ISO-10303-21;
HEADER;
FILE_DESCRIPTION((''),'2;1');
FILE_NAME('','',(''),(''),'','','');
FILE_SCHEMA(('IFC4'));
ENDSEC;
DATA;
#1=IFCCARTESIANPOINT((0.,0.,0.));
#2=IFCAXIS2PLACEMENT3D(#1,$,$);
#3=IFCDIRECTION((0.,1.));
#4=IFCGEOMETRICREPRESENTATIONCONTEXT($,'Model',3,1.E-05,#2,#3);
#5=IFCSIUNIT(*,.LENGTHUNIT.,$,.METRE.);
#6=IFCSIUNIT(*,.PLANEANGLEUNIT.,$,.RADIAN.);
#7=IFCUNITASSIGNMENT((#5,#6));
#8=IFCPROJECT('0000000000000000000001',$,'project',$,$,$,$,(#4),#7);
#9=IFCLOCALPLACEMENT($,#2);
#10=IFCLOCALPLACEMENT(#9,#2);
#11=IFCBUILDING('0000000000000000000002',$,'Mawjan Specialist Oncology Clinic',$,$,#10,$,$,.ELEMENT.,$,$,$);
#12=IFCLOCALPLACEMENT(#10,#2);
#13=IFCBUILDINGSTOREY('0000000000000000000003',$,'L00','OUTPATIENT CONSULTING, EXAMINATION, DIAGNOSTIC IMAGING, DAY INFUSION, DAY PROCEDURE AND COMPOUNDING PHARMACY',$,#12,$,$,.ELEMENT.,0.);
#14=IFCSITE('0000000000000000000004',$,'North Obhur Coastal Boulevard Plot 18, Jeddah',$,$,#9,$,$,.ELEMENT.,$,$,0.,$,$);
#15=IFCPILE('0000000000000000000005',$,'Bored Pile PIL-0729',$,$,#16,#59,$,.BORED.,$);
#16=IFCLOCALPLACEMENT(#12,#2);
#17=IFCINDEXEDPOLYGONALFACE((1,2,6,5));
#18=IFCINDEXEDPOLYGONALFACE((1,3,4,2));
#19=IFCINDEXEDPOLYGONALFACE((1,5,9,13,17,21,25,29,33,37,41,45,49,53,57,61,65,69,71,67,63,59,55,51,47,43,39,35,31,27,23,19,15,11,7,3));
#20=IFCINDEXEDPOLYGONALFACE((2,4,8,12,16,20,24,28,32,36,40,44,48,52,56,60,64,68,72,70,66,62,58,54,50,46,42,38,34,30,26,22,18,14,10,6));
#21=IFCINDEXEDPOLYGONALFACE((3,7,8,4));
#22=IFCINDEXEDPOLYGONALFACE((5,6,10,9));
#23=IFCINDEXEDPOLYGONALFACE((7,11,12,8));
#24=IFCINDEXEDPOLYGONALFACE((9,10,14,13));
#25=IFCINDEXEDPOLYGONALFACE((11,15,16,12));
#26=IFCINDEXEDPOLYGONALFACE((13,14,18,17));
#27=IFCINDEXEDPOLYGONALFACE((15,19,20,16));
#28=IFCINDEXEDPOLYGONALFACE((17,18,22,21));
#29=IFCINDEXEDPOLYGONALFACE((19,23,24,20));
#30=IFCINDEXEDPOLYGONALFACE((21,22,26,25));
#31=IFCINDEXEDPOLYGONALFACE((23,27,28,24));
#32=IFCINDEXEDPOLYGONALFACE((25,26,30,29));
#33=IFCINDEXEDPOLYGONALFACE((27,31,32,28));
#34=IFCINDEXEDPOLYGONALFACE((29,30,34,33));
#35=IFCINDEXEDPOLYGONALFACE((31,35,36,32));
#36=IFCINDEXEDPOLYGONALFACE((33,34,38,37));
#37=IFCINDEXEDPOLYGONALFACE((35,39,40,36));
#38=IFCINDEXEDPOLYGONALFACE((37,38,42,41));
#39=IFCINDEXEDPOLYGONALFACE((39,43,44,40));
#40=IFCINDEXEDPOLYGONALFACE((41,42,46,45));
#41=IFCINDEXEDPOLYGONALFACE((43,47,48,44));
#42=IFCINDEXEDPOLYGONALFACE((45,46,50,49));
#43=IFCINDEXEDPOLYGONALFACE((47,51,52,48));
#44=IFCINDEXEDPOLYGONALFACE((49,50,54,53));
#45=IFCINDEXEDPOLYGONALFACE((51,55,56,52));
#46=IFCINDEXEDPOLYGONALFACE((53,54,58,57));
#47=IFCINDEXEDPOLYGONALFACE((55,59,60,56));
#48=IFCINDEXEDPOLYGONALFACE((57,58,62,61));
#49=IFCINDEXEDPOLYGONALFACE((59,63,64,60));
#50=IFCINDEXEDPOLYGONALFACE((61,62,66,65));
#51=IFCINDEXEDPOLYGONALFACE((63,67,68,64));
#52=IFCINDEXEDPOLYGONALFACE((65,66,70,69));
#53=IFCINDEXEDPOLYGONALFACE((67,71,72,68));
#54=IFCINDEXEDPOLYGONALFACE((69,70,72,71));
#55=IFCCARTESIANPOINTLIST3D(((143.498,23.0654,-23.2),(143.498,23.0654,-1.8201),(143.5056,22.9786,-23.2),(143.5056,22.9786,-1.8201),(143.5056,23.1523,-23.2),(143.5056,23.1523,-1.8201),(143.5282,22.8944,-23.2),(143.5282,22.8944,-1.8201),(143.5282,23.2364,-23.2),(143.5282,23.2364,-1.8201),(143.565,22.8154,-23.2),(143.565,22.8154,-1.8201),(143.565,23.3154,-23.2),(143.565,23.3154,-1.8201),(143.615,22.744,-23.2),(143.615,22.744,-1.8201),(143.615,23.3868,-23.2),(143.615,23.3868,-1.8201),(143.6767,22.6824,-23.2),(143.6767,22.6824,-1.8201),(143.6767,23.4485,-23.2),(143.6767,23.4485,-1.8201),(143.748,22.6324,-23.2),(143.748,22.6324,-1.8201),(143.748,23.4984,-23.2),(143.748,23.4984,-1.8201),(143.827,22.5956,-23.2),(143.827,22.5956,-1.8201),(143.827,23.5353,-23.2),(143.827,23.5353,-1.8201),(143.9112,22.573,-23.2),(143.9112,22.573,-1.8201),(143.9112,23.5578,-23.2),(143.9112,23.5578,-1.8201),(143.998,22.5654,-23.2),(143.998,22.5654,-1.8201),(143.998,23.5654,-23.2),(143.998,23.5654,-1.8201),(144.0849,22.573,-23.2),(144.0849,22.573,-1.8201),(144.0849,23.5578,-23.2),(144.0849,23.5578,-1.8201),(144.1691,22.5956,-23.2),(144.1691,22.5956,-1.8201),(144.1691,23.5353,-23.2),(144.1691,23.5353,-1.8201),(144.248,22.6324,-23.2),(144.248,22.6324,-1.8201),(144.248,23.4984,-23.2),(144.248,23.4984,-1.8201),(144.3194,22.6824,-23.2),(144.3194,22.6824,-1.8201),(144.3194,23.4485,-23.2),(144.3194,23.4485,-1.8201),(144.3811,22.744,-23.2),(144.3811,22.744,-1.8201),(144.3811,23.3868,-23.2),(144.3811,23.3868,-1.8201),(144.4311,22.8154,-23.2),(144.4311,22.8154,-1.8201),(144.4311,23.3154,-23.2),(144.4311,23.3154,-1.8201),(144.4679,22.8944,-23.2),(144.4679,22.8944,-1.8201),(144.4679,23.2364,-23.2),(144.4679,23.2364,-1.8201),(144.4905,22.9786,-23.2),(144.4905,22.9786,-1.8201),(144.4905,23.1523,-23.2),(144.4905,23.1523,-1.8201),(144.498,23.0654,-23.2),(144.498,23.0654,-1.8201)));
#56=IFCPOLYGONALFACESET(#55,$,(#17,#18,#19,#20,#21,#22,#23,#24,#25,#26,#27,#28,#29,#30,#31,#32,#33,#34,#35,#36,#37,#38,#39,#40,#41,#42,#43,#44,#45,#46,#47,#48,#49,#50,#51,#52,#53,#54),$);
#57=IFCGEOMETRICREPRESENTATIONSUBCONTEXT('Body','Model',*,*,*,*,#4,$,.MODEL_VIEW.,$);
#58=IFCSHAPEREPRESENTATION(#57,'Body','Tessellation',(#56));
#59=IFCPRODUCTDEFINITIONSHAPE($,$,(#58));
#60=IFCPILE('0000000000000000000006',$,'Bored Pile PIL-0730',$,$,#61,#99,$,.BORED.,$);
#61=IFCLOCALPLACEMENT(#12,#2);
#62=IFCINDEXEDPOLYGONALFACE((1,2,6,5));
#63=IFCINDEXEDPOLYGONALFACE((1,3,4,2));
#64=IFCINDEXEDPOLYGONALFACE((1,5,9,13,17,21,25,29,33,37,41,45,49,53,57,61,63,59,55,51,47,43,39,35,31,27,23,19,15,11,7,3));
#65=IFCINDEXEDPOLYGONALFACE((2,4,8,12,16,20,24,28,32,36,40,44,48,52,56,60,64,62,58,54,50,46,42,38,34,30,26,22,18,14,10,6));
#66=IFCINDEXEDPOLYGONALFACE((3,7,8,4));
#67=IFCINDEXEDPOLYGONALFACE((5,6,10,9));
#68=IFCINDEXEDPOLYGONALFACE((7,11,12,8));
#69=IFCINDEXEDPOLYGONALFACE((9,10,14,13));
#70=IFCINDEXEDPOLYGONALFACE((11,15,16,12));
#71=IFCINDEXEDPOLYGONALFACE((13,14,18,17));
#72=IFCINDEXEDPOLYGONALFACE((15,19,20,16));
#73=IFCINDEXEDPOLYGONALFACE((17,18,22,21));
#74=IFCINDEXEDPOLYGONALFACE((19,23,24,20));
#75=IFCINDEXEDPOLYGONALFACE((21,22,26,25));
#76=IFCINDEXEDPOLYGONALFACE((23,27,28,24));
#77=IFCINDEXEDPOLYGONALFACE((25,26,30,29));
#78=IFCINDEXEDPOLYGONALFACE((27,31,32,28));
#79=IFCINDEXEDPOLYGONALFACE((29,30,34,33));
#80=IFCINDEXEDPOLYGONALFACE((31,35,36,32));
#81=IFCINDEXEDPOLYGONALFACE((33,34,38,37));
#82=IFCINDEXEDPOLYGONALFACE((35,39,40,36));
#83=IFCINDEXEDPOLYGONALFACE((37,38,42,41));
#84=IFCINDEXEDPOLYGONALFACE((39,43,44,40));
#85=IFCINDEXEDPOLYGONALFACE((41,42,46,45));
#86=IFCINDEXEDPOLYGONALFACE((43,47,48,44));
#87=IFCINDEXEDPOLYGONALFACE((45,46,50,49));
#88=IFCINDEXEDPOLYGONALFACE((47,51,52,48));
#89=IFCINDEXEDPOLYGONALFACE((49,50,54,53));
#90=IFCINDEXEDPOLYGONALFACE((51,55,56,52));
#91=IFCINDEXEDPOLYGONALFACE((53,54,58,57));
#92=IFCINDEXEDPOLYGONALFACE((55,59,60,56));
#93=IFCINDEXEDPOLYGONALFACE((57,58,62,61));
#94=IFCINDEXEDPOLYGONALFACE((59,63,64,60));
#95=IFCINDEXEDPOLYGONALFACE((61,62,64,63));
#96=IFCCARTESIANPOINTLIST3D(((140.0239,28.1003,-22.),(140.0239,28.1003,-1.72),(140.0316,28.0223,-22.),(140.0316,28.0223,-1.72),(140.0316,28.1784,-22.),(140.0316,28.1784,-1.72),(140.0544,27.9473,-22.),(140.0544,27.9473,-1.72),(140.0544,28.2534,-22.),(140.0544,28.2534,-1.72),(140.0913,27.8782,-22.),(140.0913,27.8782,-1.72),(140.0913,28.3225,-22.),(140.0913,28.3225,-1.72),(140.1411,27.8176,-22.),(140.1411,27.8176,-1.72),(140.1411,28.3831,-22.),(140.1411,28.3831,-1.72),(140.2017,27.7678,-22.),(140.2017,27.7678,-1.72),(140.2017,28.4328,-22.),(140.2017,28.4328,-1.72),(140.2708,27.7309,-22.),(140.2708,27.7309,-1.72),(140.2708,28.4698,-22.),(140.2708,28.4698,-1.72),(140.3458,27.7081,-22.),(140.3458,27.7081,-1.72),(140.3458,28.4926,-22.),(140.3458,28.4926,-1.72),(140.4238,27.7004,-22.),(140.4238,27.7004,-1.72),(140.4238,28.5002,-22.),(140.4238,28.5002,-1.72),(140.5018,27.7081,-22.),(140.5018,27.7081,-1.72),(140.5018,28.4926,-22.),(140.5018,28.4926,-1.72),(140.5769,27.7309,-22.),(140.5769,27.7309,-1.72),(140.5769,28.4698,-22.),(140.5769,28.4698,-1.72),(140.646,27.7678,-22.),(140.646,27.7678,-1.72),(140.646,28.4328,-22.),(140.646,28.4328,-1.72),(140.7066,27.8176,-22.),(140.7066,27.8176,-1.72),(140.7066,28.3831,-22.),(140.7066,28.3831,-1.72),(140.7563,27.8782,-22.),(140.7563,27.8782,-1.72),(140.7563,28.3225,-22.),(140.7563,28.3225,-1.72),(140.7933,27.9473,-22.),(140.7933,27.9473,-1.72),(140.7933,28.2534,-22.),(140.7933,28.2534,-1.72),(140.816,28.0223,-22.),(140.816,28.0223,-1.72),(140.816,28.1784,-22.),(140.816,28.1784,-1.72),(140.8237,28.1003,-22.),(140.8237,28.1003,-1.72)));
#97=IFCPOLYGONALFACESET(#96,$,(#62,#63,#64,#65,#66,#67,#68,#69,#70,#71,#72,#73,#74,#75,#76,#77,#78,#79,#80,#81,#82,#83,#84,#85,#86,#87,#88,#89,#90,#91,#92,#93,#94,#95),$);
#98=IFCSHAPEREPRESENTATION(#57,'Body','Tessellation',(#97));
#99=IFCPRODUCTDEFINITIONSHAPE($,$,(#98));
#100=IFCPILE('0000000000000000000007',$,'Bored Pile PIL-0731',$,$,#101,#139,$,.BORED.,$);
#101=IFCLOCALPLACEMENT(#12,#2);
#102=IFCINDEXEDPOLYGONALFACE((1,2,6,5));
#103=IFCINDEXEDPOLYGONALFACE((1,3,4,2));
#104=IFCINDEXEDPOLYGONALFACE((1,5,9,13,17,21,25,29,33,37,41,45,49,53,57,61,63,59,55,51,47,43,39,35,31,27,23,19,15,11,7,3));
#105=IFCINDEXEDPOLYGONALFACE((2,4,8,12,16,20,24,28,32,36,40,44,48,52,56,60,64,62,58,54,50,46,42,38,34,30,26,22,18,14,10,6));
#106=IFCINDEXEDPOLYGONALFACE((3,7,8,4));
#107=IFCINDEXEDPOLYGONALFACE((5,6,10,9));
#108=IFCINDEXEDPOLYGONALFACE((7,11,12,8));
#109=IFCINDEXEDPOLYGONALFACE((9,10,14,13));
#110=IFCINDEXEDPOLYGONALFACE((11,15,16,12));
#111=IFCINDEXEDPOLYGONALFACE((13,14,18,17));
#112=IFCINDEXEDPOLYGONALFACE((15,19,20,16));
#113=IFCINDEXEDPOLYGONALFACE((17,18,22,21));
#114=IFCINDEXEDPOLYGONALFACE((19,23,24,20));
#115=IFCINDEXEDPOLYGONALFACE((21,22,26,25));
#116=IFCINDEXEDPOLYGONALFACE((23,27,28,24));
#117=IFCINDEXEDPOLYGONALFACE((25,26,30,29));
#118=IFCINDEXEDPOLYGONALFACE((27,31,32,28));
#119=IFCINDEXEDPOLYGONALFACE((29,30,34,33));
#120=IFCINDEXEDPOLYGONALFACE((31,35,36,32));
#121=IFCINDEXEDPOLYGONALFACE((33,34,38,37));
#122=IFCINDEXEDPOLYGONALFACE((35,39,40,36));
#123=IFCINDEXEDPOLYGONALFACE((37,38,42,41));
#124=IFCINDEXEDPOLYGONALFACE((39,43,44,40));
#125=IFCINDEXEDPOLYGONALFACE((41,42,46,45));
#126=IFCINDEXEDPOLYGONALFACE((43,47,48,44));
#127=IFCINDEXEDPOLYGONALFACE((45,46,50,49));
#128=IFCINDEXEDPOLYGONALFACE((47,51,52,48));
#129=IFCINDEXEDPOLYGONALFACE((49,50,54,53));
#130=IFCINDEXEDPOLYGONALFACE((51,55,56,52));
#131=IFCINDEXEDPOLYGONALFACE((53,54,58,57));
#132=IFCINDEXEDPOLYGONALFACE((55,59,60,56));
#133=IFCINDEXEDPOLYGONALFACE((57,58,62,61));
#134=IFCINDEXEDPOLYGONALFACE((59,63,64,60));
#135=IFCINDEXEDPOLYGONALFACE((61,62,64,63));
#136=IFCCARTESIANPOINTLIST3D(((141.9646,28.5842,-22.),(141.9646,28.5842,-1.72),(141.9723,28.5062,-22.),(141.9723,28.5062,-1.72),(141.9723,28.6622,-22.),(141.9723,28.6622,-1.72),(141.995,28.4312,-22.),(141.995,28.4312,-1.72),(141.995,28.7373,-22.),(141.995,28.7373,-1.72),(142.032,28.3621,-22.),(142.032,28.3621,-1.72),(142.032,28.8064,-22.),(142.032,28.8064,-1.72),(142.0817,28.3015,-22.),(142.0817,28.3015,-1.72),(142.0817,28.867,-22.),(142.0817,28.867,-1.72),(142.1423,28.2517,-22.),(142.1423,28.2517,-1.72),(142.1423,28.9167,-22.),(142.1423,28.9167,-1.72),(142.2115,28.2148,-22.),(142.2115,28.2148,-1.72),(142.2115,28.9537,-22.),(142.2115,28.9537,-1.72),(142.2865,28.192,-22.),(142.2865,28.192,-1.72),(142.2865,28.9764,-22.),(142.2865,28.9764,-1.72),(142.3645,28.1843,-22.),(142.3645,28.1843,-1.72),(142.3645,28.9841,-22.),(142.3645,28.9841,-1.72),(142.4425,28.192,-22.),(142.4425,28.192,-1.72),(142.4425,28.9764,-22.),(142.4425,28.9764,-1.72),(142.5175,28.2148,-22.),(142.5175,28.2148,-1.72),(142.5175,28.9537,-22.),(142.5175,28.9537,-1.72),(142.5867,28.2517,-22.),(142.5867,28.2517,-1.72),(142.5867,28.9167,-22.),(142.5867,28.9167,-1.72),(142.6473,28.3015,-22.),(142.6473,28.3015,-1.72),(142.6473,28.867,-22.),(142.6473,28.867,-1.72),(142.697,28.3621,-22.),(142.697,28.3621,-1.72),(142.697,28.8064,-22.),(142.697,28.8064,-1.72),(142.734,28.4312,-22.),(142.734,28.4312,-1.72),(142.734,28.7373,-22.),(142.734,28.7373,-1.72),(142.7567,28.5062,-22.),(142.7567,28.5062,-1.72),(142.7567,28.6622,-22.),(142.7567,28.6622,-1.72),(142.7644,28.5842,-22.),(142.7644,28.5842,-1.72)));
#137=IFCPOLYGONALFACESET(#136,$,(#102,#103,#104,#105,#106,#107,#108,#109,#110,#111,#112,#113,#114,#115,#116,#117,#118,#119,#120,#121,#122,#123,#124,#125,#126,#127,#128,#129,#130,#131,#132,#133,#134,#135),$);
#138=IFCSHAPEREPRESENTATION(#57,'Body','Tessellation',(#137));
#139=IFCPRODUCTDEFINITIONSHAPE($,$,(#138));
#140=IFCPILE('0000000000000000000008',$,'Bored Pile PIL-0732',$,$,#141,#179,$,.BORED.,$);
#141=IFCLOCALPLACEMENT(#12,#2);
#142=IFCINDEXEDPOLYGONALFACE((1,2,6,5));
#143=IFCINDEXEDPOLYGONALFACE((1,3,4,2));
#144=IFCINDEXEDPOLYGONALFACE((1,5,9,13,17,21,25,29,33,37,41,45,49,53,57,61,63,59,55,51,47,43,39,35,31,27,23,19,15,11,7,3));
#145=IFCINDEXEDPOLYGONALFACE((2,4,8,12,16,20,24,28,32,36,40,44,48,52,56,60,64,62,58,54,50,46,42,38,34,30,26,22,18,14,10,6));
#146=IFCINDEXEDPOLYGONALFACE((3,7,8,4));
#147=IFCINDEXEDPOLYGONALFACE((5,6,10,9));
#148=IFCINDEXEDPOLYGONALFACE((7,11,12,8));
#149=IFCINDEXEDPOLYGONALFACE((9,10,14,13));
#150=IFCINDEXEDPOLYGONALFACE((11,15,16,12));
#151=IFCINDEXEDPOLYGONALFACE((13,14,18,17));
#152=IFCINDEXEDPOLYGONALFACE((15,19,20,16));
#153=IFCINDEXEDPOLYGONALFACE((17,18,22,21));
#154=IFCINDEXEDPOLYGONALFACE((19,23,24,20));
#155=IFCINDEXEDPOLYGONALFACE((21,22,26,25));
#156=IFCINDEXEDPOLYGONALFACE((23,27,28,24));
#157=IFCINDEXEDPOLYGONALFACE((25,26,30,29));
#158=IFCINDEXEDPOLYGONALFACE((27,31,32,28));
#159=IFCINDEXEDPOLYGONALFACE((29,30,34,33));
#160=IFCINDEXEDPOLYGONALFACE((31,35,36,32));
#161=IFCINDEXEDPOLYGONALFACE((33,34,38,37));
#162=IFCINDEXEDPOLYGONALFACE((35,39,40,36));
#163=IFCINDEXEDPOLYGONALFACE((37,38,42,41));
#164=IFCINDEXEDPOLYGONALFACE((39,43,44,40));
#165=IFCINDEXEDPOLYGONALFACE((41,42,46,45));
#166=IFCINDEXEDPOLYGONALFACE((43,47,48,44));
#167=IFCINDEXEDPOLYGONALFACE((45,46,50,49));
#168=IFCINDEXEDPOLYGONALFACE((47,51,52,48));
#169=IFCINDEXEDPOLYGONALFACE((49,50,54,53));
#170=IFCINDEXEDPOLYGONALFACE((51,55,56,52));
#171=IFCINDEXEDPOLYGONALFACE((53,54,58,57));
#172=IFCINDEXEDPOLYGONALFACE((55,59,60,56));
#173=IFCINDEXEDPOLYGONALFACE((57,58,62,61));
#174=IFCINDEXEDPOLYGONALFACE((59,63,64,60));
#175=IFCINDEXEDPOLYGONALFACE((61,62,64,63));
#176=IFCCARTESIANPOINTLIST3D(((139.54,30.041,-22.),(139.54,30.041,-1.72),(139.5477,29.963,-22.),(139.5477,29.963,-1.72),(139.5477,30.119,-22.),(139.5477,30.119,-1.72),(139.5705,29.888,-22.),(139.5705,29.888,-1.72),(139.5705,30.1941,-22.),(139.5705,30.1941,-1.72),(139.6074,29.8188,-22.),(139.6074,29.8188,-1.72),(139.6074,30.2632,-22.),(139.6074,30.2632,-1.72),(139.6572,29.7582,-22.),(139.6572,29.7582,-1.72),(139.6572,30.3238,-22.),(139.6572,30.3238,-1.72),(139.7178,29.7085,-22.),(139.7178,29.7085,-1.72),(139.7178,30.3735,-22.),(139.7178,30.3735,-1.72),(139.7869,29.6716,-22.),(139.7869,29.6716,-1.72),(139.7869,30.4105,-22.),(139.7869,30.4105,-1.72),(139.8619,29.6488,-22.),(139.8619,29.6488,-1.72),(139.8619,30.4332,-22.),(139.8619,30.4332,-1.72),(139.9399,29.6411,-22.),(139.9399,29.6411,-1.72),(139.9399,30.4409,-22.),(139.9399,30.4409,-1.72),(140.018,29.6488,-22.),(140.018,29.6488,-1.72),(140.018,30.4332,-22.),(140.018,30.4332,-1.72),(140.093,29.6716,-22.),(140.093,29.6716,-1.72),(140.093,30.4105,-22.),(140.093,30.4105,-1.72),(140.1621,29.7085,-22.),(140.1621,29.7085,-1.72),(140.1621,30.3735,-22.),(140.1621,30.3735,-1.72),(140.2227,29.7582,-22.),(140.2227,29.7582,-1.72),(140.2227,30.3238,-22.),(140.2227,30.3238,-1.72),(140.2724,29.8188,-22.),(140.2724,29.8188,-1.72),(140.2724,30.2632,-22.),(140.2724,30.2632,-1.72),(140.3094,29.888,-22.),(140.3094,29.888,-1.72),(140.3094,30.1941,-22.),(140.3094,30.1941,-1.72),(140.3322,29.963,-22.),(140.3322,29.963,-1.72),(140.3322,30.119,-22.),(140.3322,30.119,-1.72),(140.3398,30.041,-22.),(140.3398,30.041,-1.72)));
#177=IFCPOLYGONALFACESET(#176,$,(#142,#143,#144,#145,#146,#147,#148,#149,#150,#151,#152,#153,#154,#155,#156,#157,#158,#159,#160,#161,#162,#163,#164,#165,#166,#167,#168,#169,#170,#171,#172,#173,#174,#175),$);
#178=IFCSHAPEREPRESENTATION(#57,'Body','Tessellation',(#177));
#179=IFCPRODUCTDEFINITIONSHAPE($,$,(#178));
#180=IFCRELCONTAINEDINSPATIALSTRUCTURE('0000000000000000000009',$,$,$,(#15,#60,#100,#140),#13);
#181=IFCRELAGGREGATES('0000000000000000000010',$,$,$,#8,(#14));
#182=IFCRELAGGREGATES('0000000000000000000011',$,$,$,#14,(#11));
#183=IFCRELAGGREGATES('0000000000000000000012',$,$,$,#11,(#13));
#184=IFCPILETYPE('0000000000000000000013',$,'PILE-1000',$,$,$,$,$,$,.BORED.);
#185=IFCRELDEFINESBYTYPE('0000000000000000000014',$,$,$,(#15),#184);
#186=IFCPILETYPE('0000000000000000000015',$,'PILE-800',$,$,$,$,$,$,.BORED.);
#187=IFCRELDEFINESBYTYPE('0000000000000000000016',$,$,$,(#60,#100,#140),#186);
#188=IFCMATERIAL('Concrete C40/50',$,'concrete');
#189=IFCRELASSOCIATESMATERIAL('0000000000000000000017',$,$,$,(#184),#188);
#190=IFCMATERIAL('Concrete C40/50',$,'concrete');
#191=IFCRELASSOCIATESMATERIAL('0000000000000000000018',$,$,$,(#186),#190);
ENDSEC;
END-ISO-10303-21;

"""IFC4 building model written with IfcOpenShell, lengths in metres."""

from ifc_helpers import new_model, si_unit, direction, frame, origin, origin_2d, place, context, subcontext, project, spatial, circle, extrude, material, material_profile, profile_set, type_object, element, save


model = new_model("IFC4")

# Units and contexts
model_context = context("Model", 3, precision=1e-05, world=origin(), true_north=direction((0.0, 1.0)))
body_context = subcontext(model_context, "Body", "Model", "MODEL_VIEW")
ifc_project = project(units=[si_unit("LENGTHUNIT", "METRE"), si_unit("PLANEANGLEUNIT", "RADIAN")], contexts=[model_context])

# Site, building, storey
site_placement = place(None, origin())
site = spatial("IfcSite", under=ifc_project, at=site_placement, Name="North Obhur Coastal Boulevard Plot 18, Jeddah", CompositionType="ELEMENT", RefElevation=0.0)
building_placement = place(site_placement, origin())
building = spatial("IfcBuilding", under=site, at=building_placement, Name="Mawjan Specialist Oncology Clinic", CompositionType="ELEMENT")
storey_placement = place(building_placement, origin())
storey = spatial("IfcBuildingStorey", under=building, at=storey_placement, Name="L00", Description="OUTPATIENT CONSULTING, EXAMINATION, DIAGNOSTIC IMAGING, DAY INFUSION, DAY PROCEDURE AND COMPOUNDING PHARMACY", CompositionType="ELEMENT", Elevation=0.0)

# Piles
ifc_material_1 = material(Name="Concrete C40/50", Category="concrete")
ifc_material_profile_1 = material_profile(ifc_material_1, circle(Radius=0.5, at=origin_2d()), Name="BORED PILE D1000", Category="concrete")
ifc_profile_set_1 = profile_set([ifc_material_profile_1], Name="Concrete C40/50")
pile_type_1 = type_object("IfcPileType", Name="PILE-1000", PredefinedType="BORED", material=ifc_profile_set_1)
for number, where, z_axis, x_axis, name in (
    (1, (143.998, 23.0654, -1.8201), (0.0, 0.0, -1.0), (1.0, 0.0, 0.0), "Bored Pile PIL-0729"),
):
    element("IfcPile", number, at=place(storey_placement, frame(where, z_axis=z_axis, x_axis=x_axis)), inside=storey, type_object=pile_type_1, Name=name, PredefinedType="BORED", context=body_context, shape_type="SweptSolid", body=[
        extrude(circle(Radius=0.5, at=origin_2d()), origin(), (0.0, 0.0, 1.0), 21.3799),
    ])
ifc_material_2 = material(Name="Concrete C40/50", Category="concrete")
ifc_material_profile_2 = material_profile(ifc_material_2, circle(Radius=0.3999, at=origin_2d()), Name="BORED PILE D800", Category="concrete")
ifc_profile_set_2 = profile_set([ifc_material_profile_2], Name="Concrete C40/50")
pile_type_2 = type_object("IfcPileType", Name="PILE-800", PredefinedType="BORED", material=ifc_profile_set_2)
for number, where, z_axis, x_axis, name in (
    (2, (140.4238, 28.1003, -1.72), (0.0, 0.0, -1.0), (1.0, 0.0, 0.0), "Bored Pile PIL-0730"),
    (3, (142.3645, 28.5842, -1.72), (0.0, 0.0, -1.0), (1.0, 0.0, 0.0), "Bored Pile PIL-0731"),
    (4, (139.9399, 30.041, -1.72), (0.0, 0.0, -1.0), (1.0, 0.0, 0.0), "Bored Pile PIL-0732"),
):
    element("IfcPile", number, at=place(storey_placement, frame(where, z_axis=z_axis, x_axis=x_axis)), inside=storey, type_object=pile_type_2, Name=name, PredefinedType="BORED", context=body_context, shape_type="SweptSolid", body=[
        extrude(circle(Radius=0.3999, at=origin_2d()), origin(), (0.0, 0.0, 1.0), 20.28),
    ])

save(model, "model.ifc")
